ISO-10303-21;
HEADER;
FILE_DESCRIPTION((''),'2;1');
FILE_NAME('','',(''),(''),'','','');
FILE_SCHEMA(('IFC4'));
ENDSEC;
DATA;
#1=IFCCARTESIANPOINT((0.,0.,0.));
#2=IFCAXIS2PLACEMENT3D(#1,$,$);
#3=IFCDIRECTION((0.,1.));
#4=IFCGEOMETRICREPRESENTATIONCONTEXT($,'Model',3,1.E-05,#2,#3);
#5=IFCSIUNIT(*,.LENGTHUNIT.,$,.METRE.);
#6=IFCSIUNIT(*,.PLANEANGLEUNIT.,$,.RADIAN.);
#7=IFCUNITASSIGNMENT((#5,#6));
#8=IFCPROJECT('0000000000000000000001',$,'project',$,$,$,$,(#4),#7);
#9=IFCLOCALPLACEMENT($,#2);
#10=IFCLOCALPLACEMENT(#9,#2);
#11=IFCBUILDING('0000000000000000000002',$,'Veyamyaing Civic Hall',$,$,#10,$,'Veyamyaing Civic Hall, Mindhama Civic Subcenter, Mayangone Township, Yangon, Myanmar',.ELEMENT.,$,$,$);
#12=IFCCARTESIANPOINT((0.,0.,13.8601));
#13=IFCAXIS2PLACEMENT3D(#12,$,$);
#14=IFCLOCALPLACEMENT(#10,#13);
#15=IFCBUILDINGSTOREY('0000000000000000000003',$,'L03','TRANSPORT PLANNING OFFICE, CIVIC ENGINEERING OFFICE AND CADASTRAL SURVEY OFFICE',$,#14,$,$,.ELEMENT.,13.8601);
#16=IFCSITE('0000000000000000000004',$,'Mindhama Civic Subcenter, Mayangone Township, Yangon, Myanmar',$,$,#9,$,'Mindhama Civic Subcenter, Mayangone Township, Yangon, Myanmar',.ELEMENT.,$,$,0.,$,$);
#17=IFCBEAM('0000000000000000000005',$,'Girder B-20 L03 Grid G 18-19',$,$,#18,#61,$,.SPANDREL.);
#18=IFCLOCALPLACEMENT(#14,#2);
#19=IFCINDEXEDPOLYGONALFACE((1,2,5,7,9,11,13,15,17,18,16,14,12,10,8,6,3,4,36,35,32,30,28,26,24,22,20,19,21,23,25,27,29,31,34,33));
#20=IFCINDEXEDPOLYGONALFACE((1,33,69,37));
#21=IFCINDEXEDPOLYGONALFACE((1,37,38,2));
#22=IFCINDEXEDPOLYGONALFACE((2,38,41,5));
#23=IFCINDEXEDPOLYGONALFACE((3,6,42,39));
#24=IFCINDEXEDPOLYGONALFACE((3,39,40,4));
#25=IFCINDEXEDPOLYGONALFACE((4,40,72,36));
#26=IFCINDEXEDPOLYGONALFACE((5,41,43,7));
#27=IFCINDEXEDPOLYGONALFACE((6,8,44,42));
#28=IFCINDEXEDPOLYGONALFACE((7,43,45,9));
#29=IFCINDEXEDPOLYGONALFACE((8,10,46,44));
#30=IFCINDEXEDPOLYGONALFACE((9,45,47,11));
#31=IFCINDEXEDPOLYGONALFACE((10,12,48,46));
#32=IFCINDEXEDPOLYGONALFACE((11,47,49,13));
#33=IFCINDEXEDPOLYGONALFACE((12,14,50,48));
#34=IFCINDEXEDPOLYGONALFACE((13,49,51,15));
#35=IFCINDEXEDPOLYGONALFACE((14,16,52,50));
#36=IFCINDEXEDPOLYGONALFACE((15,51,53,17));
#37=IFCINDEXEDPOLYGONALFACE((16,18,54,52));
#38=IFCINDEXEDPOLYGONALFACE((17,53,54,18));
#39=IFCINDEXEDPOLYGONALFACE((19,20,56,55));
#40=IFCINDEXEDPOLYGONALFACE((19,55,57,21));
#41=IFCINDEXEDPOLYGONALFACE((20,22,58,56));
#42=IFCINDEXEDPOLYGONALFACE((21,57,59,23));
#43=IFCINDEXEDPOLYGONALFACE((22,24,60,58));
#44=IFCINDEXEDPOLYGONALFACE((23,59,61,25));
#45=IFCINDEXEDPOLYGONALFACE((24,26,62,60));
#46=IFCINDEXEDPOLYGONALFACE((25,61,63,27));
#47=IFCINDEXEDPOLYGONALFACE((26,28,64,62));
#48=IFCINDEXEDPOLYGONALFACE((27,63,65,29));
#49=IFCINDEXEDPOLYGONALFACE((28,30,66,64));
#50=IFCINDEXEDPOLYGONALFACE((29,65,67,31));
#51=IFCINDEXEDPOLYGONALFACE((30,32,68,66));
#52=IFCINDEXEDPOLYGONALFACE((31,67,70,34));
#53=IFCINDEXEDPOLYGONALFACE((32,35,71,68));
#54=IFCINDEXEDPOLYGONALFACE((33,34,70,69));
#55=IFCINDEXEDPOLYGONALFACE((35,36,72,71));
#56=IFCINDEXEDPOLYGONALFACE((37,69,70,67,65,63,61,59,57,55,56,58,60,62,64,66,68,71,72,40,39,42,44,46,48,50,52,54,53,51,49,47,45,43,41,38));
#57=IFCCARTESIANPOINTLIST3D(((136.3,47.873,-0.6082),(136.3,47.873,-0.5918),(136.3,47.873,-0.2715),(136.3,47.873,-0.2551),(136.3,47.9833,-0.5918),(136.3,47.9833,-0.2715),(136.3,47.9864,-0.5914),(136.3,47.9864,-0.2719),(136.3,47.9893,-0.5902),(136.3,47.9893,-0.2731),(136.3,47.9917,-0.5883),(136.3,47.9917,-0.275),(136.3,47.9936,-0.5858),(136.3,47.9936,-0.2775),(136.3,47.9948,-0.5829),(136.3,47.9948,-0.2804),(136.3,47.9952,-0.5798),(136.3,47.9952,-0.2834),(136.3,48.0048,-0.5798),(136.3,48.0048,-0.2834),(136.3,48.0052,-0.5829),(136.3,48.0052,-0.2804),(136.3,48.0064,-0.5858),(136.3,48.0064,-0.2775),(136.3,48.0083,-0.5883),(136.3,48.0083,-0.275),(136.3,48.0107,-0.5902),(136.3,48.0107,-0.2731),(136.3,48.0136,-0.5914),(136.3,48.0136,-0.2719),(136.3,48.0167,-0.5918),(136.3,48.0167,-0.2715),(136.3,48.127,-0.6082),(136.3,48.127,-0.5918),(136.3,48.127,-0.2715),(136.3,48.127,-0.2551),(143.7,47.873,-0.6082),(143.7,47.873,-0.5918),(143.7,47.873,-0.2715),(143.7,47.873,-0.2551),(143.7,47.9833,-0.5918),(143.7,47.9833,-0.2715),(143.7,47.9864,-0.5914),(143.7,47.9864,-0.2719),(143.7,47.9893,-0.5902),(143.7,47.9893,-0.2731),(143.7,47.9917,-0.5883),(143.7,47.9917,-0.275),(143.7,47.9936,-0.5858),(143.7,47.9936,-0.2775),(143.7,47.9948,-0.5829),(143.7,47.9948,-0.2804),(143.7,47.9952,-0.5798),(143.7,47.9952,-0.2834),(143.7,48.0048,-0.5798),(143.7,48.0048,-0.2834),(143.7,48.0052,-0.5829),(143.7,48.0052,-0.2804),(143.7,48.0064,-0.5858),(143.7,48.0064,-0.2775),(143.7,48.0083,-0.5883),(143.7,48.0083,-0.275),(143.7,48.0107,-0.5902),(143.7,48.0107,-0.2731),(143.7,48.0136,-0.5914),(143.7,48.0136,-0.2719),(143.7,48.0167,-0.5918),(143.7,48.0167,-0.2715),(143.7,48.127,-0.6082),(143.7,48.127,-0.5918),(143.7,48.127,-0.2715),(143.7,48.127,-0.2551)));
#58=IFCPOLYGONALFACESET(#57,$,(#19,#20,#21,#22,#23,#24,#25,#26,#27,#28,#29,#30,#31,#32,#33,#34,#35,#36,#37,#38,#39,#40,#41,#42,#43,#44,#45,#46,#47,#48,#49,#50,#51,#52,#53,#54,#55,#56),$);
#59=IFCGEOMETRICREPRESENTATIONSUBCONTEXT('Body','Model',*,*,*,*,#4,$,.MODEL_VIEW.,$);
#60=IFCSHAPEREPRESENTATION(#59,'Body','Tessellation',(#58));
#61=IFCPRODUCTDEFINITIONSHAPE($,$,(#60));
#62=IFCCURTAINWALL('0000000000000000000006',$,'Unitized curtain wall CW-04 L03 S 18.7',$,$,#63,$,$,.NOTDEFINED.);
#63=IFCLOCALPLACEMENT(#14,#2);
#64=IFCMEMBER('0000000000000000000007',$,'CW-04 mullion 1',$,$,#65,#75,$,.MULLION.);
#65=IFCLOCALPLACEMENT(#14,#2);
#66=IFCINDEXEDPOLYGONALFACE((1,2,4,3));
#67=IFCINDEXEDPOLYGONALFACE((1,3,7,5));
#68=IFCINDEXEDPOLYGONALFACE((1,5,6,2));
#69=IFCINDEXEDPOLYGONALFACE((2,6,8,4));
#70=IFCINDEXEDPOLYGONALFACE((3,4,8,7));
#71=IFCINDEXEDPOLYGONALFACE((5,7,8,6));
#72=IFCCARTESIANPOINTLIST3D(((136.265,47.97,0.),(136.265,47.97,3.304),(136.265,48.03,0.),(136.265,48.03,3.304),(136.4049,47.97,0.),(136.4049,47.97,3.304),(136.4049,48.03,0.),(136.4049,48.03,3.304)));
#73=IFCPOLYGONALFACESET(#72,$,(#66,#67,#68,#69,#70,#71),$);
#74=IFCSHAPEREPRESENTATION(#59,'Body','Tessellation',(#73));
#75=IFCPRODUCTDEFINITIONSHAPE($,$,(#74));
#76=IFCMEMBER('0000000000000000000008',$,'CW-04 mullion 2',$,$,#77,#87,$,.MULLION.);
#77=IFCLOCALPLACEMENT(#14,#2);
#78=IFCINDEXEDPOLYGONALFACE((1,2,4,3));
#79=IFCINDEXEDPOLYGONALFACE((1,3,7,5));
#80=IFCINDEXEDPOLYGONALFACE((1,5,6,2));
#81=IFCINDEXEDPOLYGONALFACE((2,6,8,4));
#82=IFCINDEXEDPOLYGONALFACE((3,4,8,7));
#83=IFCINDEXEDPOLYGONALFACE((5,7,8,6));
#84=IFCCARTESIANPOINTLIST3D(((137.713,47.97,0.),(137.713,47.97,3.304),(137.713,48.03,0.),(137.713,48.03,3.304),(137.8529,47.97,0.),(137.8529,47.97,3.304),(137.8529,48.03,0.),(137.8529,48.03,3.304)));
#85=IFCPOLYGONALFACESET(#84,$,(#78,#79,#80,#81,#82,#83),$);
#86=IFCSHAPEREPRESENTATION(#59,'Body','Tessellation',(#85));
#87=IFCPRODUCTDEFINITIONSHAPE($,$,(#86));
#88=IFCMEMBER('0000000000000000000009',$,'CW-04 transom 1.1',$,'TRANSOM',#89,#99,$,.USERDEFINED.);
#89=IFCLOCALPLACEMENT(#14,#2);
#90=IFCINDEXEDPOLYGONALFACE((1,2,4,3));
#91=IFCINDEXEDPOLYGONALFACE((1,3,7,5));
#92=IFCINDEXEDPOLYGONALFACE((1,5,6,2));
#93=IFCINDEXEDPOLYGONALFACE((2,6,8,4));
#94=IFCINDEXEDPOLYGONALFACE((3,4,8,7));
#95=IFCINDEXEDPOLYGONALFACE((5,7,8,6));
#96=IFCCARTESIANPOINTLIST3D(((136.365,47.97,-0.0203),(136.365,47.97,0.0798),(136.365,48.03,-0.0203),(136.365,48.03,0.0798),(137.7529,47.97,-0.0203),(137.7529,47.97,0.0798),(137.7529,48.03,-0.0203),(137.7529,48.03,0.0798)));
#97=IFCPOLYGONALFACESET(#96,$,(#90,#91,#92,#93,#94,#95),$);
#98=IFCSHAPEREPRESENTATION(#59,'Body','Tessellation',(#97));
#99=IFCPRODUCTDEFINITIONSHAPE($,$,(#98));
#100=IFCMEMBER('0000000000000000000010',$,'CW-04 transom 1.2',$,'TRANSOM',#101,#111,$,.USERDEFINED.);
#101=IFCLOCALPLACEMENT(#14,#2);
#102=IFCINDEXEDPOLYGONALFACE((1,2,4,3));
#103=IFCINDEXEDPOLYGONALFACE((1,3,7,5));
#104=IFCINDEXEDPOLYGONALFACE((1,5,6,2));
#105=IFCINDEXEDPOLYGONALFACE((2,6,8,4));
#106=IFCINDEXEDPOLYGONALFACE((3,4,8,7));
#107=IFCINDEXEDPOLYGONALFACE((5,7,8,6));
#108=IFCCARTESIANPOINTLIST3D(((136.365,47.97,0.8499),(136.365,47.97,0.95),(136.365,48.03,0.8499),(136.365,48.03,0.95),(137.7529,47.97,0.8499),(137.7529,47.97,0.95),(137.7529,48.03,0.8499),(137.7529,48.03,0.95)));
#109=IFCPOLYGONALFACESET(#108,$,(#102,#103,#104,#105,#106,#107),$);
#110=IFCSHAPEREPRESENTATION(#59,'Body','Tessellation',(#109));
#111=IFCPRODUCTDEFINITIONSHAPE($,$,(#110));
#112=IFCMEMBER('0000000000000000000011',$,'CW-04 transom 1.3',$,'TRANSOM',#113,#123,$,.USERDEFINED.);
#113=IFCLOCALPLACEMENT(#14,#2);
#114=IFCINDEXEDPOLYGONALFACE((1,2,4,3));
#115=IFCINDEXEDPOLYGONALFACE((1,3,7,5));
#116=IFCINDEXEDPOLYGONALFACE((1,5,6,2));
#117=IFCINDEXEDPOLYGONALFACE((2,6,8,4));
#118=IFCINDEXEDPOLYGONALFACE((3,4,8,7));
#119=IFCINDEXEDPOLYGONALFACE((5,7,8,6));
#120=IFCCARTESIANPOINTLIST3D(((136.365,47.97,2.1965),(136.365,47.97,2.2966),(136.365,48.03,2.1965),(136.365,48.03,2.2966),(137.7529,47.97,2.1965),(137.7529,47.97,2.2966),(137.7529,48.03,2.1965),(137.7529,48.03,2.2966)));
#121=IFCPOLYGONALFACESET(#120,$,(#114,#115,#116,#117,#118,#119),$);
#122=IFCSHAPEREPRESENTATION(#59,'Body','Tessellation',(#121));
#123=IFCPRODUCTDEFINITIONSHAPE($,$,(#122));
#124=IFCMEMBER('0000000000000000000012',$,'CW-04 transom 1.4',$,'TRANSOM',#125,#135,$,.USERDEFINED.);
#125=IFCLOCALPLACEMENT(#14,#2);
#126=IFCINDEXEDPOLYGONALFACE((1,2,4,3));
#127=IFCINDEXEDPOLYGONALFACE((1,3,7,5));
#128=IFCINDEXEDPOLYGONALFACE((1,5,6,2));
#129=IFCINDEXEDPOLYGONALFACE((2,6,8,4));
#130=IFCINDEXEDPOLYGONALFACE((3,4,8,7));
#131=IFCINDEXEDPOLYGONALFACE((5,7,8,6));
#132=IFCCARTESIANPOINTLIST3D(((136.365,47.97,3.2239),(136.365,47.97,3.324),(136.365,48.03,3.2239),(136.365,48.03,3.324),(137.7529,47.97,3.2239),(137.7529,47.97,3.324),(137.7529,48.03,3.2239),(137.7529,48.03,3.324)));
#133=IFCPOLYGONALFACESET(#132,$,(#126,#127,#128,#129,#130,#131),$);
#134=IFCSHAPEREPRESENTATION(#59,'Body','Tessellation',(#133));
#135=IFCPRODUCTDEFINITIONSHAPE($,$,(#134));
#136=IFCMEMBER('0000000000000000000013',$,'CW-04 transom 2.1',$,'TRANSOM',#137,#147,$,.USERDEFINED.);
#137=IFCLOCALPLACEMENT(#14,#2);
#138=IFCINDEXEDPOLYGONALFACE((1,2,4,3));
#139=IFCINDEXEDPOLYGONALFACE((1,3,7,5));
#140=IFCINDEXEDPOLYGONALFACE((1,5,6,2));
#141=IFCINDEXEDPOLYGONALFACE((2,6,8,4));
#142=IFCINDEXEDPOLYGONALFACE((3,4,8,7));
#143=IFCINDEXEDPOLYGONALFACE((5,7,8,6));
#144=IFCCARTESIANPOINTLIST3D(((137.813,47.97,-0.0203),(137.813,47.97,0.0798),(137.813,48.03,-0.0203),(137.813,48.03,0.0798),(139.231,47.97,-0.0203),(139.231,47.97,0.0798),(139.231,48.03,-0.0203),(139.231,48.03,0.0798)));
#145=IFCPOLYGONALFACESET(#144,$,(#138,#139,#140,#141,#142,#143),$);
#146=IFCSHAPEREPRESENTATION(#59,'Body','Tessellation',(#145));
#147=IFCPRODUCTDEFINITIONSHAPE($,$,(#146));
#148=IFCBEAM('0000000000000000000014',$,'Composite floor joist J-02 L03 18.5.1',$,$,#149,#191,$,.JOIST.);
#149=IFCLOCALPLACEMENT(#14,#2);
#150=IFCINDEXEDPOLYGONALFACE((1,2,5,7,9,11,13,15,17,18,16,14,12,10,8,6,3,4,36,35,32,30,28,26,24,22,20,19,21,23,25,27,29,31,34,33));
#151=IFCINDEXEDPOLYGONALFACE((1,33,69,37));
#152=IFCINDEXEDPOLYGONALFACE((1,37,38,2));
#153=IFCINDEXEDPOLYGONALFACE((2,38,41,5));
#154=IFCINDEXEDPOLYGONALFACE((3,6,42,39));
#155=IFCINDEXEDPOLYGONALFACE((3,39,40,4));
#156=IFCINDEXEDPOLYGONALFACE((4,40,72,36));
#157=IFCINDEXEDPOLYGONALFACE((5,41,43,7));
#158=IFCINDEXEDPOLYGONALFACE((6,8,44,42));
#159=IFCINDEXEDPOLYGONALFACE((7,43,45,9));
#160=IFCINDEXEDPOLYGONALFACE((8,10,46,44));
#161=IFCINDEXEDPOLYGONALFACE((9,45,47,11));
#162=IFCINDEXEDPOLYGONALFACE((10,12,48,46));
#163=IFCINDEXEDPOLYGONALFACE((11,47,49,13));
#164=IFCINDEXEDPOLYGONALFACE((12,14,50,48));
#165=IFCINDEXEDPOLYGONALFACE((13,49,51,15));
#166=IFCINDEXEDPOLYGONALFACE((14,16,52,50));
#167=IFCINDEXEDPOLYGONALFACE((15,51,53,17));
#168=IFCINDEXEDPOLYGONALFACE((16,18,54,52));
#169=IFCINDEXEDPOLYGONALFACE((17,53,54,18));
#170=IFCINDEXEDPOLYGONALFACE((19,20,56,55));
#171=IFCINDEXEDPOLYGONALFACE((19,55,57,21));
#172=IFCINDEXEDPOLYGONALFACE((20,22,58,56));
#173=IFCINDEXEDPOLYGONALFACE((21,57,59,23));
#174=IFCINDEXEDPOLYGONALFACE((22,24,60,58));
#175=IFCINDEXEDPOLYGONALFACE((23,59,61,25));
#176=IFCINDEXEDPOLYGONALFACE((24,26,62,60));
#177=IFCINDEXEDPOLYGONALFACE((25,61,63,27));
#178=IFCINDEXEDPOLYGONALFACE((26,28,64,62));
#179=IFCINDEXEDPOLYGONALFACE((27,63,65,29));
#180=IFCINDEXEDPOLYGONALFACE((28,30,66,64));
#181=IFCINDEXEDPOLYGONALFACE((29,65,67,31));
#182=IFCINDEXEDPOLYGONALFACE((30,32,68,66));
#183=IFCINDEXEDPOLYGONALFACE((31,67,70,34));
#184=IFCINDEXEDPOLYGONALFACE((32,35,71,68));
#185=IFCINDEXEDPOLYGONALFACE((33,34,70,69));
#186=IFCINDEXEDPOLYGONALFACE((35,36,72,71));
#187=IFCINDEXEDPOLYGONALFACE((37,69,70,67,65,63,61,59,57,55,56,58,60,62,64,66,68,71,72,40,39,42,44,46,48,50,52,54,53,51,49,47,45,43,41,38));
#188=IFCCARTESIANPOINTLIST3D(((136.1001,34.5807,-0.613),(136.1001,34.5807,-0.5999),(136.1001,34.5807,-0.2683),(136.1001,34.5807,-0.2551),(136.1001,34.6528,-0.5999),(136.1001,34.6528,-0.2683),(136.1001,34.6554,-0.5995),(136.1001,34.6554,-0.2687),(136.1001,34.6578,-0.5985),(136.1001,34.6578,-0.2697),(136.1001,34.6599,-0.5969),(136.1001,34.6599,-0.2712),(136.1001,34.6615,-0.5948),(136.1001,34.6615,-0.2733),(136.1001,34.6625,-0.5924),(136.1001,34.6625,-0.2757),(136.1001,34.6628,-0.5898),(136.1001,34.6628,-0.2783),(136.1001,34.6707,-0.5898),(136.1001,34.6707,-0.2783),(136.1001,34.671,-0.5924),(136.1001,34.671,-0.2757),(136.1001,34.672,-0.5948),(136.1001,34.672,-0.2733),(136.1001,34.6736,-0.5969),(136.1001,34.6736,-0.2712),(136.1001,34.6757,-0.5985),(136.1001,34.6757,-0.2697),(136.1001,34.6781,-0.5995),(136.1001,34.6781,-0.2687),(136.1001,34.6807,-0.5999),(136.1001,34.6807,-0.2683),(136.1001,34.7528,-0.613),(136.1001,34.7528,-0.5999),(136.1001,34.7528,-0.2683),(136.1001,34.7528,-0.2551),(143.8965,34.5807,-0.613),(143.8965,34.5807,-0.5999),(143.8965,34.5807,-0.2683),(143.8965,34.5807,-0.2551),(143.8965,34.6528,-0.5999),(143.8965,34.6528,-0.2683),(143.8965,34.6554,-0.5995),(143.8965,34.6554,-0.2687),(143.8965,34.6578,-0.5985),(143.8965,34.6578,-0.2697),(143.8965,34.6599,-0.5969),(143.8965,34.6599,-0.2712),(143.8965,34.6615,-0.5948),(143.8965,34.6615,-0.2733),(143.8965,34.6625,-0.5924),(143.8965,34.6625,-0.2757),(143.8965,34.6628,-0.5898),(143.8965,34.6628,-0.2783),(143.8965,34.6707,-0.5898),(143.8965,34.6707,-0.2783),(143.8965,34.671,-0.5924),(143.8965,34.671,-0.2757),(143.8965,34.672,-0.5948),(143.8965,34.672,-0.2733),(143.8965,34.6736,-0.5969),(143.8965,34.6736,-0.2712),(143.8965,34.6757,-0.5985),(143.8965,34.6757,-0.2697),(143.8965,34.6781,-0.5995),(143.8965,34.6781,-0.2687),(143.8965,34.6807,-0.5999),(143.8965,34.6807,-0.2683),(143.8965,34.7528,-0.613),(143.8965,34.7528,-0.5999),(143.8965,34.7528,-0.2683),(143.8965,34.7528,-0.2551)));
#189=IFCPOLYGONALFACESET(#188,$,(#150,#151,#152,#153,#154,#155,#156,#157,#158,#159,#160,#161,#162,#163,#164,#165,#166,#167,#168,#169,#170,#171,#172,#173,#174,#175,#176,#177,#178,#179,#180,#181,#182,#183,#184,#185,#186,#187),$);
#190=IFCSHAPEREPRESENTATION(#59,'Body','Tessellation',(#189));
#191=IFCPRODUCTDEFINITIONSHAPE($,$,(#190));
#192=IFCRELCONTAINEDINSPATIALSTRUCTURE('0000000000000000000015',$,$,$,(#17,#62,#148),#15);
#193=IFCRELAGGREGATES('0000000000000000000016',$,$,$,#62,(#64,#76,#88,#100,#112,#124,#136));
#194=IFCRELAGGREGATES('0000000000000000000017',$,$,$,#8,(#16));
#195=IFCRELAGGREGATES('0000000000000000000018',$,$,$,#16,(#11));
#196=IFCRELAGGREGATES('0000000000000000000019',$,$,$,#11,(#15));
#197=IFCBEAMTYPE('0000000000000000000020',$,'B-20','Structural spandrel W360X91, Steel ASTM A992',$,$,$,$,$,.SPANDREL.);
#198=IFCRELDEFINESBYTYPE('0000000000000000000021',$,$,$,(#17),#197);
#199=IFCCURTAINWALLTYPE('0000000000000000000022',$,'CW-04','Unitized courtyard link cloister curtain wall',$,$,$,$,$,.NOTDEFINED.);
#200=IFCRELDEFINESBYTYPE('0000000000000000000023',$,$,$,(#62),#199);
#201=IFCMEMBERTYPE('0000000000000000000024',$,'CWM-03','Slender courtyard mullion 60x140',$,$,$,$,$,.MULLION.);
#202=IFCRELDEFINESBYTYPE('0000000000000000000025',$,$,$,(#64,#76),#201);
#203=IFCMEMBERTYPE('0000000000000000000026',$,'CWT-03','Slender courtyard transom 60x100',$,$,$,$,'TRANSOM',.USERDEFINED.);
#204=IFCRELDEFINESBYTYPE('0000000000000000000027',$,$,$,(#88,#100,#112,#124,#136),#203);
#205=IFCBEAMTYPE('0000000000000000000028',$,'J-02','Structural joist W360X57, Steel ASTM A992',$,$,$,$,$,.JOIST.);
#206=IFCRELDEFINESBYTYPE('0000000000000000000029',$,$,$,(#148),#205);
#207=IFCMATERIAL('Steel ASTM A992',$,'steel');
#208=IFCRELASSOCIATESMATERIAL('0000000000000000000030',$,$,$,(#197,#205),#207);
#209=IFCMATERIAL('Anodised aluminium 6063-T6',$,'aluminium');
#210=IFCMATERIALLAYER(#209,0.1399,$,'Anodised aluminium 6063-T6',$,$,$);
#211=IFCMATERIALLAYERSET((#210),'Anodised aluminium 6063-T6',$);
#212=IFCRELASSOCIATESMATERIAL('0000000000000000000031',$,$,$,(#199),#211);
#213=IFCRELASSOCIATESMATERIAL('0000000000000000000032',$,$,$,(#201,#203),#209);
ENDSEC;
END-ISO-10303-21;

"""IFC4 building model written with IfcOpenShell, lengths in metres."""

from ifc_helpers import new_model, si_unit, direction, frame, origin, origin_2d, place, context, subcontext, project, spatial, rectangle, i_section, extrude, material, layer, layer_set, material_profile, profile_set, type_object, element, aggregate, save


model = new_model("IFC4")

# Units and contexts
model_context = context("Model", 3, precision=1e-05, world=origin(), true_north=direction((0.0, 1.0)))
body_context = subcontext(model_context, "Body", "Model", "MODEL_VIEW")
ifc_project = project(units=[si_unit("LENGTHUNIT", "METRE"), si_unit("PLANEANGLEUNIT", "RADIAN")], contexts=[model_context])

# Site, building, storey
site_placement = place(None, origin())
site = spatial("IfcSite", under=ifc_project, at=site_placement, Name="Mindhama Civic Subcenter, Mayangone Township, Yangon, Myanmar", LongName="Mindhama Civic Subcenter, Mayangone Township, Yangon, Myanmar", CompositionType="ELEMENT", RefElevation=0.0)
building_placement = place(site_placement, origin())
building = spatial("IfcBuilding", under=site, at=building_placement, Name="Veyamyaing Civic Hall", LongName="Veyamyaing Civic Hall, Mindhama Civic Subcenter, Mayangone Township, Yangon, Myanmar", CompositionType="ELEMENT")
storey_placement = place(building_placement, frame((0.0, 0.0, 13.8601)))
storey = spatial("IfcBuildingStorey", under=building, at=storey_placement, Name="L03", Description="TRANSPORT PLANNING OFFICE, CIVIC ENGINEERING OFFICE AND CADASTRAL SURVEY OFFICE", CompositionType="ELEMENT", Elevation=13.8601)

# Beam
ifc_material_1 = material(Name="Steel ASTM A992", Category="steel")
ifc_material_profile_1 = material_profile(ifc_material_1, i_section(OverallWidth=0.2539, OverallDepth=0.353, WebThickness=0.0095, FlangeThickness=0.0164, FilletRadius=0.012, at=origin_2d()), Name="W360X91")
ifc_profile_set_1 = profile_set([ifc_material_profile_1], Name="Steel ASTM A992")
beam_type_1 = type_object("IfcBeamType", Name="B-20", Description="Structural spandrel W360X91, Steel ASTM A992", PredefinedType="SPANDREL", material=ifc_profile_set_1)
beam_1_placement = place(storey_placement, frame((136.3, 48.0, -0.4316), z_axis=(1.0, 0.0, 0.0), x_axis=(0.0, 1.0, 0.0)))
element("IfcBeam", 1, at=beam_1_placement, inside=storey, type_object=beam_type_1, Name="Girder B-20 L03 Grid G 18-19", PredefinedType="SPANDREL", context=body_context, shape_type="SweptSolid", body=[
    extrude(i_section(OverallWidth=0.2539, OverallDepth=0.353, WebThickness=0.0095, FlangeThickness=0.0164, FilletRadius=0.012, at=origin_2d()), origin(), (0.0, 0.0, 1.0), 7.3999),
])

# Curtain wall, members
ifc_material_2 = material(Name="Anodised aluminium 6063-T6", Category="aluminium")
ifc_layer_1 = layer(ifc_material_2, 0.1399, Name="Anodised aluminium 6063-T6")
ifc_layer_set_1 = layer_set([ifc_layer_1], Name="Anodised aluminium 6063-T6")
curtain_wall_type = type_object("IfcCurtainWallType", Name="CW-04", Description="Unitized courtyard link cloister curtain wall", PredefinedType="NOTDEFINED", material=ifc_layer_set_1)
curtain_wall_placement = place(storey_placement, origin())
curtain_wall = element("IfcCurtainWall", 2, at=curtain_wall_placement, inside=storey, type_object=curtain_wall_type, Name="Unitized curtain wall CW-04 L03 S 18.7", PredefinedType="NOTDEFINED")
ifc_material_profile_2 = material_profile(ifc_material_2, rectangle(XDim=0.0601, YDim=0.1399, at=origin_2d()), Name="ALU-MUL-60X140")
ifc_profile_set_2 = profile_set([ifc_material_profile_2], Name="Anodised aluminium 6063-T6")
member_type_1 = type_object("IfcMemberType", Name="CWM-03", Description="Slender courtyard mullion 60x140", PredefinedType="MULLION", material=ifc_profile_set_2)
member_1_placement = place(storey_placement, frame((136.335, 48.0, 0.0), z_axis=(0.0, 0.0, 1.0), x_axis=(0.0, 1.0, 0.0)))
member_1 = element("IfcMember", 3, at=member_1_placement, type_object=member_type_1, Name="CW-04 mullion 1", PredefinedType="MULLION", context=body_context, shape_type="SweptSolid", body=[
    extrude(rectangle(XDim=0.0601, YDim=0.1399, at=origin_2d()), origin(), (0.0, 0.0, 1.0), 3.304),
])
member_2_placement = place(storey_placement, frame((137.783, 48.0, 0.0), z_axis=(0.0, 0.0, 1.0), x_axis=(0.0, 1.0, 0.0)))
member_2 = element("IfcMember", 4, at=member_2_placement, type_object=member_type_1, Name="CW-04 mullion 2", PredefinedType="MULLION", context=body_context, shape_type="SweptSolid", body=[
    extrude(rectangle(XDim=0.0601, YDim=0.1399, at=origin_2d()), origin(), (0.0, 0.0, 1.0), 3.304),
])
ifc_material_profile_3 = material_profile(ifc_material_2, rectangle(XDim=0.0601, YDim=0.1001, at=origin_2d()), Name="ALU-TRN-60X100")
ifc_profile_set_3 = profile_set([ifc_material_profile_3], Name="Anodised aluminium 6063-T6")
member_type_2 = type_object("IfcMemberType", Name="CWT-03", Description="Slender courtyard transom 60x100", ElementType="TRANSOM", PredefinedType="USERDEFINED", material=ifc_profile_set_3)
member_3_placement = place(storey_placement, frame((136.365, 48.0, 0.0298), z_axis=(1.0, 0.0, 0.0), x_axis=(0.0, 1.0, 0.0)))
member_3 = element("IfcMember", 5, at=member_3_placement, type_object=member_type_2, Name="CW-04 transom 1.1", ObjectType="TRANSOM", PredefinedType="USERDEFINED", context=body_context, shape_type="SweptSolid", body=[
    extrude(rectangle(XDim=0.0601, YDim=0.1001, at=origin_2d()), origin(), (0.0, 0.0, 1.0), 1.3879),
])
member_4_placement = place(storey_placement, frame((136.365, 48.0, 0.8999), z_axis=(1.0, 0.0, 0.0), x_axis=(0.0, 1.0, 0.0)))
member_4 = element("IfcMember", 6, at=member_4_placement, type_object=member_type_2, Name="CW-04 transom 1.2", ObjectType="TRANSOM", PredefinedType="USERDEFINED", context=body_context, shape_type="SweptSolid", body=[
    extrude(rectangle(XDim=0.0601, YDim=0.1001, at=origin_2d()), origin(), (0.0, 0.0, 1.0), 1.3879),
])
member_5_placement = place(storey_placement, frame((136.365, 48.0, 2.2466), z_axis=(1.0, 0.0, 0.0), x_axis=(0.0, 1.0, 0.0)))
member_5 = element("IfcMember", 7, at=member_5_placement, type_object=member_type_2, Name="CW-04 transom 1.3", ObjectType="TRANSOM", PredefinedType="USERDEFINED", context=body_context, shape_type="SweptSolid", body=[
    extrude(rectangle(XDim=0.0601, YDim=0.1001, at=origin_2d()), origin(), (0.0, 0.0, 1.0), 1.3879),
])
member_6_placement = place(storey_placement, frame((136.365, 48.0, 3.2739), z_axis=(1.0, 0.0, 0.0), x_axis=(0.0, 1.0, 0.0)))
member_6 = element("IfcMember", 8, at=member_6_placement, type_object=member_type_2, Name="CW-04 transom 1.4", ObjectType="TRANSOM", PredefinedType="USERDEFINED", context=body_context, shape_type="SweptSolid", body=[
    extrude(rectangle(XDim=0.0601, YDim=0.1001, at=origin_2d()), origin(), (0.0, 0.0, 1.0), 1.3879),
])
member_7_placement = place(storey_placement, frame((137.813, 48.0, 0.0298), z_axis=(1.0, 0.0, 0.0), x_axis=(0.0, 1.0, 0.0)))
member_7 = element("IfcMember", 9, at=member_7_placement, type_object=member_type_2, Name="CW-04 transom 2.1", ObjectType="TRANSOM", PredefinedType="USERDEFINED", context=body_context, shape_type="SweptSolid", body=[
    extrude(rectangle(XDim=0.0601, YDim=0.1001, at=origin_2d()), origin(), (0.0, 0.0, 1.0), 1.418),
])

# Beam
ifc_material_profile_4 = material_profile(ifc_material_1, i_section(OverallWidth=0.1721, OverallDepth=0.3579, WebThickness=0.0078, FlangeThickness=0.0132, FilletRadius=0.01, at=origin_2d()), Name="W360X57")
ifc_profile_set_4 = profile_set([ifc_material_profile_4], Name="Steel ASTM A992")
beam_type_2 = type_object("IfcBeamType", Name="J-02", Description="Structural joist W360X57, Steel ASTM A992", PredefinedType="JOIST", material=ifc_profile_set_4)
for number, where, z_axis, x_axis, name in (
    (10, (136.1001, 34.6667, -0.4341), (1.0, 0.0, 0.0), (0.0, 1.0, 0.0), "Composite floor joist J-02 L03 18.5.1"),
):
    element("IfcBeam", number, at=place(storey_placement, frame(where, z_axis=z_axis, x_axis=x_axis)), inside=storey, type_object=beam_type_2, Name=name, PredefinedType="JOIST", context=body_context, shape_type="SweptSolid", body=[
        extrude(i_section(OverallWidth=0.1721, OverallDepth=0.3579, WebThickness=0.0078, FlangeThickness=0.0132, FilletRadius=0.01, at=origin_2d()), origin(), (0.0, 0.0, 1.0), 7.7964),
    ])

aggregate(curtain_wall, [member_1, member_2, member_3, member_4, member_5, member_6, member_7])

save(model, "model.ifc")
